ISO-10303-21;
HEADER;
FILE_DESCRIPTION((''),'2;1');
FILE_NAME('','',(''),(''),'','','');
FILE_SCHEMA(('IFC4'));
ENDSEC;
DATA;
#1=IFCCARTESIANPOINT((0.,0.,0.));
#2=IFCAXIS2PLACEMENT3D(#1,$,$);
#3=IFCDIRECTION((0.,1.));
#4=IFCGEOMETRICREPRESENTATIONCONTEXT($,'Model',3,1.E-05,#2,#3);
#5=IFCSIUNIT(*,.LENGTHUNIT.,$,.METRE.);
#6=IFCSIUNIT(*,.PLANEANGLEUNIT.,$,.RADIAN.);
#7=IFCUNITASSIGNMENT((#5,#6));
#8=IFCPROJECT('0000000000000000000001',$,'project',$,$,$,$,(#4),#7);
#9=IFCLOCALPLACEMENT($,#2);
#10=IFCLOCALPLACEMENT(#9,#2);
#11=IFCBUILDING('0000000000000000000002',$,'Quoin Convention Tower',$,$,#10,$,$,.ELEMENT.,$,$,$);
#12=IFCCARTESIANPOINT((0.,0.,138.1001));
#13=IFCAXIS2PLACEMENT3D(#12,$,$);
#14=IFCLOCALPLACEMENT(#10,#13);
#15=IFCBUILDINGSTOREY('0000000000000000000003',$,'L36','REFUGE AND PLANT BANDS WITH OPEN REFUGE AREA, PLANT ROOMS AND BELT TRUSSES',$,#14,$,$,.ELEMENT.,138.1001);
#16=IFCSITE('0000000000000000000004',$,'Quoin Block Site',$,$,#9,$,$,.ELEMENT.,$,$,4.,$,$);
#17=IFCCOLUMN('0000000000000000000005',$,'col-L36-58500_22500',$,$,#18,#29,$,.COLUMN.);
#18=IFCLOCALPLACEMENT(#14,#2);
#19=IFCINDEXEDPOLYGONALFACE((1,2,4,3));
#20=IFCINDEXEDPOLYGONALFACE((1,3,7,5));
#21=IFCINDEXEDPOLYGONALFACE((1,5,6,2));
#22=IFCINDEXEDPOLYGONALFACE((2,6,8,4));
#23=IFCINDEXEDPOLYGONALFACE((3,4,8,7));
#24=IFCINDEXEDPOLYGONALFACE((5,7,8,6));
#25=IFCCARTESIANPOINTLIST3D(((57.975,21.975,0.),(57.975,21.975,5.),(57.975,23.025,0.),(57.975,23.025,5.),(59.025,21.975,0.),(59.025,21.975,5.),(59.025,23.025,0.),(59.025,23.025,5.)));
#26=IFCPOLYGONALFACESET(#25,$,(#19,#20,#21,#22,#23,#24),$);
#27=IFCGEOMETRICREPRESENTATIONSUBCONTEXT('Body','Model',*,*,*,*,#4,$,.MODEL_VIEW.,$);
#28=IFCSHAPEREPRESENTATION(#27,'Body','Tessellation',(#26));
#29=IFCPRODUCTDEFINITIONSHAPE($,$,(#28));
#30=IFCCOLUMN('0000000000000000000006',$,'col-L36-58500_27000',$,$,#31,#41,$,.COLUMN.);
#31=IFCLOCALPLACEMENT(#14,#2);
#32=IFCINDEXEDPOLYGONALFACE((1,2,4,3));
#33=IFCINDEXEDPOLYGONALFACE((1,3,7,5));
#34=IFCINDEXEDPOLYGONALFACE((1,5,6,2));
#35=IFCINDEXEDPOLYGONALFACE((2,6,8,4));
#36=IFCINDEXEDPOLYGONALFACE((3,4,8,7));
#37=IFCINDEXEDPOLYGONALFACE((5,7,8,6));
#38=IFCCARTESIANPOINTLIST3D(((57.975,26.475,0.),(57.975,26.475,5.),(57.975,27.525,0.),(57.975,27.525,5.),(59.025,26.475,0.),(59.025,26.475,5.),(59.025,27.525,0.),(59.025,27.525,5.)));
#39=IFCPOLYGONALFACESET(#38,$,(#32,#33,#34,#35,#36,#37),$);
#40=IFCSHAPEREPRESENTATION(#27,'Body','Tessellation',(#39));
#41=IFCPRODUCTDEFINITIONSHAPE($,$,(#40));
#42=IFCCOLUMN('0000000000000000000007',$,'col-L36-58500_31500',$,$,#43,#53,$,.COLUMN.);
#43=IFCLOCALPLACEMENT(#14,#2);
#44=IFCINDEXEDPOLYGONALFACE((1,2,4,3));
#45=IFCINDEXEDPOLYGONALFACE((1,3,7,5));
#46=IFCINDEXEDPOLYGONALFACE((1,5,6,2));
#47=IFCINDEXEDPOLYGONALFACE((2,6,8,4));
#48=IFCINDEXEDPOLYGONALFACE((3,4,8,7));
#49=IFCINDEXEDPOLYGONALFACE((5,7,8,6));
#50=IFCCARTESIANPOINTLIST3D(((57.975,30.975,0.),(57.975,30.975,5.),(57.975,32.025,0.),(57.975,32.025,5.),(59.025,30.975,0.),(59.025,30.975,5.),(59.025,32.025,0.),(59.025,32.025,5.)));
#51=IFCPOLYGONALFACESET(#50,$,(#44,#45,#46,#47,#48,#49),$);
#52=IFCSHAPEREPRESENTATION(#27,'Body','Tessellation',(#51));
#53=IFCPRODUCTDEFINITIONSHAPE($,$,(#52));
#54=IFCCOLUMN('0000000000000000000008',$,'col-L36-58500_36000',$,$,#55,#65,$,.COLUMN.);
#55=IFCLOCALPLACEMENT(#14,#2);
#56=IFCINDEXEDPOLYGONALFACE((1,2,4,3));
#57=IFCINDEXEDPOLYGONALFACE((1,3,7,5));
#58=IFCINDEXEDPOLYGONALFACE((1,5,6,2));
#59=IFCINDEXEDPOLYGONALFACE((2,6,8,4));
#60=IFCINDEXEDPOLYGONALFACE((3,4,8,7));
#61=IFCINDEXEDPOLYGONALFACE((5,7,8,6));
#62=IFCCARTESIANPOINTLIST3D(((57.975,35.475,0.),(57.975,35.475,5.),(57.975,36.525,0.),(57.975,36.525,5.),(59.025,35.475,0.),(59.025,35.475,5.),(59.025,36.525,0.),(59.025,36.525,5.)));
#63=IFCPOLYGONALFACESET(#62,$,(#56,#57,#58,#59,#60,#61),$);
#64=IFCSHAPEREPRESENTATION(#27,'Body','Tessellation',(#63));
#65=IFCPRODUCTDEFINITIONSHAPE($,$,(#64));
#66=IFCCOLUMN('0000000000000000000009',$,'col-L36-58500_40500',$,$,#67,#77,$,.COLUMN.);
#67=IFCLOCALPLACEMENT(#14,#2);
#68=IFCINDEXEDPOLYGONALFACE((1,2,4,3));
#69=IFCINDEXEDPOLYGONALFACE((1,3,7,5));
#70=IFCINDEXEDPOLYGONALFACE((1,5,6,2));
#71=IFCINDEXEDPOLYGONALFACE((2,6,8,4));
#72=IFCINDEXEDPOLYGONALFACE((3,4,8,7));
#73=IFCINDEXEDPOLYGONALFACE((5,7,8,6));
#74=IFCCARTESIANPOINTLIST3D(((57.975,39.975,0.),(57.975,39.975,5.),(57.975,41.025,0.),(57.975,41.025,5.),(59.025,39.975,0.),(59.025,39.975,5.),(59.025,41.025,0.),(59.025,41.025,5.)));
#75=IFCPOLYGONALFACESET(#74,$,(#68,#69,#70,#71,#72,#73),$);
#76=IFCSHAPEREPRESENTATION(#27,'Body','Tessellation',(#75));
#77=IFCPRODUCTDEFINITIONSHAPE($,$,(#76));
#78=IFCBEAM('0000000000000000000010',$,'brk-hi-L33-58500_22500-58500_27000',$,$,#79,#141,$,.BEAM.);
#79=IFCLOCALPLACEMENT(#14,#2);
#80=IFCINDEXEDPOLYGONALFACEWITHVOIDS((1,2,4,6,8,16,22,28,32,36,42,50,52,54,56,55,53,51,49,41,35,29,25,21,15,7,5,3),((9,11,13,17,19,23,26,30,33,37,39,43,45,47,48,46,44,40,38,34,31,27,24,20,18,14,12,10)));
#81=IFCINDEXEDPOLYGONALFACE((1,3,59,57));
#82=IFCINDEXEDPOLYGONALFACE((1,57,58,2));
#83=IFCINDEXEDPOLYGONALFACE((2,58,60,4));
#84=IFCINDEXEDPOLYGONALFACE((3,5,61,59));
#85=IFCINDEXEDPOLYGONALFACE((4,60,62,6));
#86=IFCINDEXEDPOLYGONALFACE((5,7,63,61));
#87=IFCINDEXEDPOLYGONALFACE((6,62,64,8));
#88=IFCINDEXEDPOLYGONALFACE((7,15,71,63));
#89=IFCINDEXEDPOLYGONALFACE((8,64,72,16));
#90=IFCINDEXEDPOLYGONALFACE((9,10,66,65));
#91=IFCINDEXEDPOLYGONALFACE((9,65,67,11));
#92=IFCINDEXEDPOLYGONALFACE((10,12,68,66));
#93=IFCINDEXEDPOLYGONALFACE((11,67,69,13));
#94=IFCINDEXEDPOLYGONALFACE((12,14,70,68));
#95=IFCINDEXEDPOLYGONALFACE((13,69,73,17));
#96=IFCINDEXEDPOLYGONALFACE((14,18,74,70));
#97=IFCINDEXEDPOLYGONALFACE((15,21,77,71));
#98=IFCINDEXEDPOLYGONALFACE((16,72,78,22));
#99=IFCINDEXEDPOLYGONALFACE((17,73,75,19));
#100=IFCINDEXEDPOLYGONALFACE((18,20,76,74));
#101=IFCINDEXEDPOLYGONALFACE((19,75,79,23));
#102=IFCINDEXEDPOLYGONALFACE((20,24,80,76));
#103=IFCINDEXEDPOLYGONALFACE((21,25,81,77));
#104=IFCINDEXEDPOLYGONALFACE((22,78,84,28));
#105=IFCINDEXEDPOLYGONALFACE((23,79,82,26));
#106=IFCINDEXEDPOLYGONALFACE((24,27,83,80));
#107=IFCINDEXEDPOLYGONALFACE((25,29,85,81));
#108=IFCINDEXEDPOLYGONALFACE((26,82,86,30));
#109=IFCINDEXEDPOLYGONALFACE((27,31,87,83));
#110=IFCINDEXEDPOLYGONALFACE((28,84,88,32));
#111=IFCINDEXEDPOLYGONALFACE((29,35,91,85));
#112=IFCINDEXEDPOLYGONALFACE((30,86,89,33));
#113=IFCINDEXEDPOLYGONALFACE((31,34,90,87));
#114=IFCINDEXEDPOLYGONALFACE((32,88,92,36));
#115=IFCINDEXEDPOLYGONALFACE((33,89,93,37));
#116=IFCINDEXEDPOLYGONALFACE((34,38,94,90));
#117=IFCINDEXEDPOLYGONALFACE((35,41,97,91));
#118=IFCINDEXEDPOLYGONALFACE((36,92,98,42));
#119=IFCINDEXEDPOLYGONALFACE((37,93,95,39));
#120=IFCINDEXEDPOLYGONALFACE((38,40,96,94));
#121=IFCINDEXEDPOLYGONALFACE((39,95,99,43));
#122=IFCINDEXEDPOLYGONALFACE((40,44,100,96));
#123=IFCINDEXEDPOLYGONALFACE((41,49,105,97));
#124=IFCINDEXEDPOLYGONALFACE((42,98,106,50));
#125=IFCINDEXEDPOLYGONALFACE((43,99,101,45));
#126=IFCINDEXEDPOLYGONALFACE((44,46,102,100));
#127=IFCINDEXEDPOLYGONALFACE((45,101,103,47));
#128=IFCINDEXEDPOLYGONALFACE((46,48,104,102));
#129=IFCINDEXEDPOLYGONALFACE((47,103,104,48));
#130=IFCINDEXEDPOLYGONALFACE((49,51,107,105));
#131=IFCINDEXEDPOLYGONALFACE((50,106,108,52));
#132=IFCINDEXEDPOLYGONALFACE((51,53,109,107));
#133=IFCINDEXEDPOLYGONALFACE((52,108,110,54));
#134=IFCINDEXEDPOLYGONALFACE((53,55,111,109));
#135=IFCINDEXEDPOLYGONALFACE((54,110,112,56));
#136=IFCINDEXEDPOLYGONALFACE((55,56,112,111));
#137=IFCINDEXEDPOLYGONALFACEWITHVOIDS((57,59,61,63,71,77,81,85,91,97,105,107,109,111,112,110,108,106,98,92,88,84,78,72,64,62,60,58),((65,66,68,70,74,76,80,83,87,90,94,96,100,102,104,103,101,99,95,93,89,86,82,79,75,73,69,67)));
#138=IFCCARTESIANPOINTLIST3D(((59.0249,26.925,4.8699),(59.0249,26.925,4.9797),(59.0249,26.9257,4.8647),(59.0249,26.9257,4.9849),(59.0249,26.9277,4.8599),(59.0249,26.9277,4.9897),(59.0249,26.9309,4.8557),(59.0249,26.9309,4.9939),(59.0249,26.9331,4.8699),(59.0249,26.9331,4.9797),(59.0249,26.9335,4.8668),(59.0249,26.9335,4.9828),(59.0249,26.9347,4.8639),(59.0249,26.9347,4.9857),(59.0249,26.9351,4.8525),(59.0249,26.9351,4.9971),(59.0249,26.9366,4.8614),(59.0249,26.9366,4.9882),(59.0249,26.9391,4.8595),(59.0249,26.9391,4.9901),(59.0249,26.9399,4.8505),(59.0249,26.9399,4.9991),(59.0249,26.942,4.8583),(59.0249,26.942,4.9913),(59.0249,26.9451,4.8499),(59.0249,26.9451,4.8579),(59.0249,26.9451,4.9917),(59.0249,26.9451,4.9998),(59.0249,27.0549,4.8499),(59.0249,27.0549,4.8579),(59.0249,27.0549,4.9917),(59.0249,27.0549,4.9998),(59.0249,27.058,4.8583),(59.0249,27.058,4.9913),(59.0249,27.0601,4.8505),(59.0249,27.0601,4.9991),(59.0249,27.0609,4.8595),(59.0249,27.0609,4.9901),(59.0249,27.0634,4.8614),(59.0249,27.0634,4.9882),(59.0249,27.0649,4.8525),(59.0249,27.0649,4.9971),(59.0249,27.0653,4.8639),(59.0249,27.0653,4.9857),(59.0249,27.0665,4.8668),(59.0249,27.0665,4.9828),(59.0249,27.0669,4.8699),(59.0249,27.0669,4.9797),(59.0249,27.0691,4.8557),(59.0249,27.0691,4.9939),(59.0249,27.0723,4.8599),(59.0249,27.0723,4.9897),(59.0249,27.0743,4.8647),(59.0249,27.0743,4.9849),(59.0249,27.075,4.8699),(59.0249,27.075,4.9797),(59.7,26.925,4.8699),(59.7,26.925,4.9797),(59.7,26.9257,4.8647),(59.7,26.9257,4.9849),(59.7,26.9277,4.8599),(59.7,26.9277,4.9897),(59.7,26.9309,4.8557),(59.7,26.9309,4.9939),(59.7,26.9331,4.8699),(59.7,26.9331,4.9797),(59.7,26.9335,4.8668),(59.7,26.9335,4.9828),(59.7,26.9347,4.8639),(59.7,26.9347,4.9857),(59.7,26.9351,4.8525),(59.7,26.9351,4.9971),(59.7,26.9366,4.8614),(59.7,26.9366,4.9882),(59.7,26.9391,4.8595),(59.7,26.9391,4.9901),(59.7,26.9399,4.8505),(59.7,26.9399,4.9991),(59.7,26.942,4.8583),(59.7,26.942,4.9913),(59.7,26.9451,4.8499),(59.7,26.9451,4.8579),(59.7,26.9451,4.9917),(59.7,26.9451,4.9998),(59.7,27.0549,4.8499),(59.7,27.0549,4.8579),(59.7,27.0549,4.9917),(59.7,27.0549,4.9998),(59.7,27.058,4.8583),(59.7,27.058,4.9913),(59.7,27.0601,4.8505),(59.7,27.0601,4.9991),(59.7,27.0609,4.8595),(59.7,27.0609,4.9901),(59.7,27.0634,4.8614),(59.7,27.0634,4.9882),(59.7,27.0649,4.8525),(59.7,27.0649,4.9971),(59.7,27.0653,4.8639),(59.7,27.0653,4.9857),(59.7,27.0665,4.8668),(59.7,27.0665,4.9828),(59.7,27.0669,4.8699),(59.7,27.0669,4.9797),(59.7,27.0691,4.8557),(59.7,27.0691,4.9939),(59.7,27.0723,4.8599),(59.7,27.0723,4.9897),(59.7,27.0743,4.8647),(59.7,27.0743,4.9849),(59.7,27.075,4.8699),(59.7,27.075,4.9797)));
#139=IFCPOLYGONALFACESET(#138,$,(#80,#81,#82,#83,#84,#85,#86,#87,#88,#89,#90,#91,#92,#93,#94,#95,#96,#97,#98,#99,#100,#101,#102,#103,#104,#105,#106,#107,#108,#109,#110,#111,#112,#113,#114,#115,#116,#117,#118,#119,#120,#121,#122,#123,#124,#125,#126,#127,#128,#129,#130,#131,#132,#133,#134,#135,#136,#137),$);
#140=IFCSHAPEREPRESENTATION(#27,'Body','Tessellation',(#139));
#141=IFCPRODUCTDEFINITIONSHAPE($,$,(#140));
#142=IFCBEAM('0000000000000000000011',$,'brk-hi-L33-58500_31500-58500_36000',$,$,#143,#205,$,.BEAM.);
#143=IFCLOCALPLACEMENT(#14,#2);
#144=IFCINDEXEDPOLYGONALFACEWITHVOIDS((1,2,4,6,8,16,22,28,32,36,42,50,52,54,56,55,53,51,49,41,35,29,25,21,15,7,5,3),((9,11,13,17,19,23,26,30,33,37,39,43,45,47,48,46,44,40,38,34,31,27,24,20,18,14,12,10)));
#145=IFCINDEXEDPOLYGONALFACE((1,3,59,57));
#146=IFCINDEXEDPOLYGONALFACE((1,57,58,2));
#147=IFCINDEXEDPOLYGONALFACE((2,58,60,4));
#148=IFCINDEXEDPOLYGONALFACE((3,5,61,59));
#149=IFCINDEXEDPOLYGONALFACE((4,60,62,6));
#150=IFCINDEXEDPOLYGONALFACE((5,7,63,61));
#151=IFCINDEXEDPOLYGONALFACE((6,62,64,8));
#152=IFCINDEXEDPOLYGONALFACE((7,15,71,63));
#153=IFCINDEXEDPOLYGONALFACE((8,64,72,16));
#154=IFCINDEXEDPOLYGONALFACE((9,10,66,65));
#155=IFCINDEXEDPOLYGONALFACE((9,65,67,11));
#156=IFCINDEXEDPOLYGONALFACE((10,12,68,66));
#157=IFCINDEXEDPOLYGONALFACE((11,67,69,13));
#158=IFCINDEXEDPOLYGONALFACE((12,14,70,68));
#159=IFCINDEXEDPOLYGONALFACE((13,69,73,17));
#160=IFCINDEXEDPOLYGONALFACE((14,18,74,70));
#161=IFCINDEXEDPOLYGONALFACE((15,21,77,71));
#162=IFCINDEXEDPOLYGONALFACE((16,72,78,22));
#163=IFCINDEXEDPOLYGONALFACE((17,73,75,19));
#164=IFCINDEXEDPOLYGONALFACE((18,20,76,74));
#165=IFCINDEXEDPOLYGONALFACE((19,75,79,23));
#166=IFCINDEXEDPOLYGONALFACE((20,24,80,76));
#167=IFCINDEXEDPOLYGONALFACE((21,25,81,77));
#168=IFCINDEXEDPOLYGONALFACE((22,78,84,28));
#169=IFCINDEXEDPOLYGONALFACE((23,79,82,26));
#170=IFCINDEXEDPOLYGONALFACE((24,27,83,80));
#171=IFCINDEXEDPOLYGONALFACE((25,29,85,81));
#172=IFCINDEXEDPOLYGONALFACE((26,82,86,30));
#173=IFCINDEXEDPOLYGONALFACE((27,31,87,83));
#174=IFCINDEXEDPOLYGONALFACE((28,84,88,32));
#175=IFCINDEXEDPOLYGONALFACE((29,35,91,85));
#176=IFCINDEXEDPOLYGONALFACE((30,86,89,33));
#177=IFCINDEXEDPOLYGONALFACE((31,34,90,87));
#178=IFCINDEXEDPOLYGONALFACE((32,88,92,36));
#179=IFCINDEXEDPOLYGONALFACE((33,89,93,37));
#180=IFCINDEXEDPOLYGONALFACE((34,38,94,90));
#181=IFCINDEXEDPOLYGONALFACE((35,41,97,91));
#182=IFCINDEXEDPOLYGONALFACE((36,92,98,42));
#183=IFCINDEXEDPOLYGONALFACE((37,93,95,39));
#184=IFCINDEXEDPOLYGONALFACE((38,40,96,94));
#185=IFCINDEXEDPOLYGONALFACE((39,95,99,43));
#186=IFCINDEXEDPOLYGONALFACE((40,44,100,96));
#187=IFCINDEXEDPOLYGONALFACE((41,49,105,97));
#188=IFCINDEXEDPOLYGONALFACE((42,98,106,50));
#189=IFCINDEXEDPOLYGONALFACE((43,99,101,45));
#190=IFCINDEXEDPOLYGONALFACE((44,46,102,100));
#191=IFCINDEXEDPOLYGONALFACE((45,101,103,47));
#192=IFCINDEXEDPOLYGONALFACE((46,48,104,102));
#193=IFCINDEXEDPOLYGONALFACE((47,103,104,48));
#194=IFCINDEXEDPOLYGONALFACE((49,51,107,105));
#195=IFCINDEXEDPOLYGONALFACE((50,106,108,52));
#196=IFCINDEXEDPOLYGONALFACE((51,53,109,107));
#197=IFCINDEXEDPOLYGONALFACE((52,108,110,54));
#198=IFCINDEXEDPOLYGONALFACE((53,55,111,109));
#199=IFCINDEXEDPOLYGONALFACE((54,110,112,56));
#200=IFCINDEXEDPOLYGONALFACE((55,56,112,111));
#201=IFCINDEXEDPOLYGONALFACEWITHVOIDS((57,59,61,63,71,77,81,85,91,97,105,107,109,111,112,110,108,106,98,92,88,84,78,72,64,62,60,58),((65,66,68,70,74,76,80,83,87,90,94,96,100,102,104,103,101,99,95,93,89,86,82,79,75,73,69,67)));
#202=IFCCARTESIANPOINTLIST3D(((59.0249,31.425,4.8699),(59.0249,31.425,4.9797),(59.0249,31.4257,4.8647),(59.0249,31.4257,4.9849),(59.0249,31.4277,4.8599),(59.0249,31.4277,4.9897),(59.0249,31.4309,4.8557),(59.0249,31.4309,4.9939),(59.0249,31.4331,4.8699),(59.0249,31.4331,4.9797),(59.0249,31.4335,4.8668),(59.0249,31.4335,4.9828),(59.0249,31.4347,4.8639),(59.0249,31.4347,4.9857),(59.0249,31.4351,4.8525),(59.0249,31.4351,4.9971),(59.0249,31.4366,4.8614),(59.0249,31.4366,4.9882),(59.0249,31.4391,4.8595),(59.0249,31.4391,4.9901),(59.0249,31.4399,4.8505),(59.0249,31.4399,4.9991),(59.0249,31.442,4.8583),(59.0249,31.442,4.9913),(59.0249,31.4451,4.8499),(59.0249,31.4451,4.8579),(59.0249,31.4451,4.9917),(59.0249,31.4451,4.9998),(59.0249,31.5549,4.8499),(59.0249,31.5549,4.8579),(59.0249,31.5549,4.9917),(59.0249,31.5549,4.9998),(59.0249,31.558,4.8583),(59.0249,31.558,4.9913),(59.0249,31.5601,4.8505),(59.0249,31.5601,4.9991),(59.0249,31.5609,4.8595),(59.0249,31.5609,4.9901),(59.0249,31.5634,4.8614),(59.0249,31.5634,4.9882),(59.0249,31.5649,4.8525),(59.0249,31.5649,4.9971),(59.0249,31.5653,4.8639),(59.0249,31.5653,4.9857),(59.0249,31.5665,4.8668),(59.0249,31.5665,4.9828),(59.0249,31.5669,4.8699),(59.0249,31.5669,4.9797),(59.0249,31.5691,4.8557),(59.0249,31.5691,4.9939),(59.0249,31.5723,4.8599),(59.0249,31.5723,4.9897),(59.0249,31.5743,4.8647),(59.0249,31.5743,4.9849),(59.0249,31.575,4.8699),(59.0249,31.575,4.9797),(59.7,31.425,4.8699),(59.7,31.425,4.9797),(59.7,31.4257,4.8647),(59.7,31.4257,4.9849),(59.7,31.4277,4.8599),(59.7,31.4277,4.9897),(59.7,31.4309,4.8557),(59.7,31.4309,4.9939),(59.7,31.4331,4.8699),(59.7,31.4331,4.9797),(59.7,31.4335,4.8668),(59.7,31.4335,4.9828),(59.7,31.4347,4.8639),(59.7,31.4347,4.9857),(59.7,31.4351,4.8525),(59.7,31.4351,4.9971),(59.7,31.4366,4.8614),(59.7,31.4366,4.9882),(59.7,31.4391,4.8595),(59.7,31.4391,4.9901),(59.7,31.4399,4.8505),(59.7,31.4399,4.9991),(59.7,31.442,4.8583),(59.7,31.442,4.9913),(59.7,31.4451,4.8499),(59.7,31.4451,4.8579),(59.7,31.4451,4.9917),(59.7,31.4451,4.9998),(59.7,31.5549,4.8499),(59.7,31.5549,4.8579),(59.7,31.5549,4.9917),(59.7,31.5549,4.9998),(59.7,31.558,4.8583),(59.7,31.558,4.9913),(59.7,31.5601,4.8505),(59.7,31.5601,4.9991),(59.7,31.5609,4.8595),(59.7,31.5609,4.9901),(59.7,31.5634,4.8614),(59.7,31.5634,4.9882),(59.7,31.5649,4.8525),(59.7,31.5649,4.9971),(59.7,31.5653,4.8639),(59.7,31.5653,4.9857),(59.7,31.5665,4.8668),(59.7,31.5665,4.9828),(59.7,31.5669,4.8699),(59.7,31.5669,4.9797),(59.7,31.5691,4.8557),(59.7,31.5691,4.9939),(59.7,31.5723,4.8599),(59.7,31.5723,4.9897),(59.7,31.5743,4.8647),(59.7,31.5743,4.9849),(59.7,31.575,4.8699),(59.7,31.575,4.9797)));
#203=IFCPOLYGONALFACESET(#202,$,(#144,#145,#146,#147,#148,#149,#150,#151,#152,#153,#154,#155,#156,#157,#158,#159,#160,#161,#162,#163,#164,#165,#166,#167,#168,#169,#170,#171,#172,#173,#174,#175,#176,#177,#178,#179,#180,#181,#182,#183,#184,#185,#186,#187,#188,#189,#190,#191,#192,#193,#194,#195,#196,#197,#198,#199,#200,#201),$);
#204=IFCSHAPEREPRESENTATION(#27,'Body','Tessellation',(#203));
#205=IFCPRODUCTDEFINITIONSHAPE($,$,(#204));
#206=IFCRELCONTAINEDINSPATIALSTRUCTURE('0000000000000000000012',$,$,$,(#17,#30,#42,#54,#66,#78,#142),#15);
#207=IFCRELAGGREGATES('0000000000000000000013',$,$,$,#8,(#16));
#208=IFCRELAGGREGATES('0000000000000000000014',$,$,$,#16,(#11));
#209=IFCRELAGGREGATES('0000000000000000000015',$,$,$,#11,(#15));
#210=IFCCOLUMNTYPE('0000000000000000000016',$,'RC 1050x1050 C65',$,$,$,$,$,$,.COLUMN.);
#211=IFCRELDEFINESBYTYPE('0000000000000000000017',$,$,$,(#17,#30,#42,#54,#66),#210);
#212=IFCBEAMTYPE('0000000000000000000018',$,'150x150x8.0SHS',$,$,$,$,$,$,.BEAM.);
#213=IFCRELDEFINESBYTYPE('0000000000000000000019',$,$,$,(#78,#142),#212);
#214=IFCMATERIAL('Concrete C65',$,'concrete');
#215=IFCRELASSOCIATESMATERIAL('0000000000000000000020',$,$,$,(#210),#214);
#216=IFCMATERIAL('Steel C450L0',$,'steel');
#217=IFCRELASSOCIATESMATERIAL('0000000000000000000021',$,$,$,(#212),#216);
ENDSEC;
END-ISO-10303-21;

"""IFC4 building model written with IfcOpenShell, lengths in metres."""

from ifc_helpers import new_model, si_unit, direction, frame, origin, origin_2d, place, context, subcontext, project, spatial, rectangle, hollow_rectangle, extrude, material, material_profile, profile_set, type_object, element, save


model = new_model("IFC4")

# Units and contexts
model_context = context("Model", 3, precision=1e-05, world=origin(), true_north=direction((0.0, 1.0)))
body_context = subcontext(model_context, "Body", "Model", "MODEL_VIEW")
ifc_project = project(units=[si_unit("LENGTHUNIT", "METRE"), si_unit("PLANEANGLEUNIT", "RADIAN")], contexts=[model_context])

# Site, building, storey
site_placement = place(None, origin())
site = spatial("IfcSite", under=ifc_project, at=site_placement, Name="Quoin Block Site", CompositionType="ELEMENT", RefElevation=4.0)
building_placement = place(site_placement, origin())
building = spatial("IfcBuilding", under=site, at=building_placement, Name="Quoin Convention Tower", CompositionType="ELEMENT")
storey_placement = place(building_placement, frame((0.0, 0.0, 138.1001)))
storey = spatial("IfcBuildingStorey", under=building, at=storey_placement, Name="L36", Description="REFUGE AND PLANT BANDS WITH OPEN REFUGE AREA, PLANT ROOMS AND BELT TRUSSES", CompositionType="ELEMENT", Elevation=138.1001)

# Columns
ifc_material_1 = material(Name="Concrete C65", Category="concrete")
ifc_material_profile_1 = material_profile(ifc_material_1, rectangle(XDim=1.05, YDim=1.05, at=origin_2d()), Name="RC 1050x1050")
ifc_profile_set_1 = profile_set([ifc_material_profile_1], Name="Concrete C65")
column_type = type_object("IfcColumnType", Name="RC 1050x1050 C65", PredefinedType="COLUMN", material=ifc_profile_set_1)
for number, where, z_axis, x_axis, name in (
    (1, (58.5, 22.5, 0.0), (0.0, 0.0, 1.0), (1.0, 0.0, 0.0), "col-L36-58500_22500"),
    (2, (58.5, 27.0, 0.0), (0.0, 0.0, 1.0), (1.0, 0.0, 0.0), "col-L36-58500_27000"),
    (3, (58.5, 31.5, 0.0), (0.0, 0.0, 1.0), (1.0, 0.0, 0.0), "col-L36-58500_31500"),
    (4, (58.5, 36.0, 0.0), (0.0, 0.0, 1.0), (1.0, 0.0, 0.0), "col-L36-58500_36000"),
    (5, (58.5, 40.5, 0.0), (0.0, 0.0, 1.0), (1.0, 0.0, 0.0), "col-L36-58500_40500"),
):
    element("IfcColumn", number, at=place(storey_placement, frame(where, z_axis=z_axis, x_axis=x_axis)), inside=storey, type_object=column_type, Name=name, PredefinedType="COLUMN", context=body_context, shape_type="SweptSolid", body=[
        extrude(rectangle(XDim=1.05, YDim=1.05, at=origin_2d()), origin(), (0.0, 0.0, 1.0), 5.0),
    ])

# Beams
ifc_material_2 = material(Name="Steel C450L0", Category="steel")
ifc_material_profile_2 = material_profile(ifc_material_2, hollow_rectangle(XDim=0.1499, YDim=0.1499, WallThickness=0.0081, InnerFilletRadius=0.012, OuterFilletRadius=0.02, at=origin_2d()), Name="150x150x8.0SHS")
ifc_profile_set_2 = profile_set([ifc_material_profile_2], Name="Steel C450L0")
beam_type_1 = type_object("IfcBeamType", Name="150x150x8.0SHS", PredefinedType="BEAM", material=ifc_profile_set_2)
for number, where, z_axis, x_axis, name in (
    (6, (59.0249, 27.0, 4.9248), (1.0, 0.0, 0.0), (0.0, 1.0, 0.0), "brk-hi-L33-58500_22500-58500_27000"),
    (7, (59.0249, 31.5, 4.9248), (1.0, 0.0, 0.0), (0.0, 1.0, 0.0), "brk-hi-L33-58500_31500-58500_36000"),
):
    element("IfcBeam", number, at=place(storey_placement, frame(where, z_axis=z_axis, x_axis=x_axis)), inside=storey, type_object=beam_type_1, Name=name, PredefinedType="BEAM", context=body_context, shape_type="SweptSolid", body=[
        extrude(hollow_rectangle(XDim=0.1499, YDim=0.1499, WallThickness=0.0081, InnerFilletRadius=0.012, OuterFilletRadius=0.02, at=origin_2d()), origin(), (0.0, 0.0, 1.0), 0.675),
    ])

save(model, "model.ifc")
